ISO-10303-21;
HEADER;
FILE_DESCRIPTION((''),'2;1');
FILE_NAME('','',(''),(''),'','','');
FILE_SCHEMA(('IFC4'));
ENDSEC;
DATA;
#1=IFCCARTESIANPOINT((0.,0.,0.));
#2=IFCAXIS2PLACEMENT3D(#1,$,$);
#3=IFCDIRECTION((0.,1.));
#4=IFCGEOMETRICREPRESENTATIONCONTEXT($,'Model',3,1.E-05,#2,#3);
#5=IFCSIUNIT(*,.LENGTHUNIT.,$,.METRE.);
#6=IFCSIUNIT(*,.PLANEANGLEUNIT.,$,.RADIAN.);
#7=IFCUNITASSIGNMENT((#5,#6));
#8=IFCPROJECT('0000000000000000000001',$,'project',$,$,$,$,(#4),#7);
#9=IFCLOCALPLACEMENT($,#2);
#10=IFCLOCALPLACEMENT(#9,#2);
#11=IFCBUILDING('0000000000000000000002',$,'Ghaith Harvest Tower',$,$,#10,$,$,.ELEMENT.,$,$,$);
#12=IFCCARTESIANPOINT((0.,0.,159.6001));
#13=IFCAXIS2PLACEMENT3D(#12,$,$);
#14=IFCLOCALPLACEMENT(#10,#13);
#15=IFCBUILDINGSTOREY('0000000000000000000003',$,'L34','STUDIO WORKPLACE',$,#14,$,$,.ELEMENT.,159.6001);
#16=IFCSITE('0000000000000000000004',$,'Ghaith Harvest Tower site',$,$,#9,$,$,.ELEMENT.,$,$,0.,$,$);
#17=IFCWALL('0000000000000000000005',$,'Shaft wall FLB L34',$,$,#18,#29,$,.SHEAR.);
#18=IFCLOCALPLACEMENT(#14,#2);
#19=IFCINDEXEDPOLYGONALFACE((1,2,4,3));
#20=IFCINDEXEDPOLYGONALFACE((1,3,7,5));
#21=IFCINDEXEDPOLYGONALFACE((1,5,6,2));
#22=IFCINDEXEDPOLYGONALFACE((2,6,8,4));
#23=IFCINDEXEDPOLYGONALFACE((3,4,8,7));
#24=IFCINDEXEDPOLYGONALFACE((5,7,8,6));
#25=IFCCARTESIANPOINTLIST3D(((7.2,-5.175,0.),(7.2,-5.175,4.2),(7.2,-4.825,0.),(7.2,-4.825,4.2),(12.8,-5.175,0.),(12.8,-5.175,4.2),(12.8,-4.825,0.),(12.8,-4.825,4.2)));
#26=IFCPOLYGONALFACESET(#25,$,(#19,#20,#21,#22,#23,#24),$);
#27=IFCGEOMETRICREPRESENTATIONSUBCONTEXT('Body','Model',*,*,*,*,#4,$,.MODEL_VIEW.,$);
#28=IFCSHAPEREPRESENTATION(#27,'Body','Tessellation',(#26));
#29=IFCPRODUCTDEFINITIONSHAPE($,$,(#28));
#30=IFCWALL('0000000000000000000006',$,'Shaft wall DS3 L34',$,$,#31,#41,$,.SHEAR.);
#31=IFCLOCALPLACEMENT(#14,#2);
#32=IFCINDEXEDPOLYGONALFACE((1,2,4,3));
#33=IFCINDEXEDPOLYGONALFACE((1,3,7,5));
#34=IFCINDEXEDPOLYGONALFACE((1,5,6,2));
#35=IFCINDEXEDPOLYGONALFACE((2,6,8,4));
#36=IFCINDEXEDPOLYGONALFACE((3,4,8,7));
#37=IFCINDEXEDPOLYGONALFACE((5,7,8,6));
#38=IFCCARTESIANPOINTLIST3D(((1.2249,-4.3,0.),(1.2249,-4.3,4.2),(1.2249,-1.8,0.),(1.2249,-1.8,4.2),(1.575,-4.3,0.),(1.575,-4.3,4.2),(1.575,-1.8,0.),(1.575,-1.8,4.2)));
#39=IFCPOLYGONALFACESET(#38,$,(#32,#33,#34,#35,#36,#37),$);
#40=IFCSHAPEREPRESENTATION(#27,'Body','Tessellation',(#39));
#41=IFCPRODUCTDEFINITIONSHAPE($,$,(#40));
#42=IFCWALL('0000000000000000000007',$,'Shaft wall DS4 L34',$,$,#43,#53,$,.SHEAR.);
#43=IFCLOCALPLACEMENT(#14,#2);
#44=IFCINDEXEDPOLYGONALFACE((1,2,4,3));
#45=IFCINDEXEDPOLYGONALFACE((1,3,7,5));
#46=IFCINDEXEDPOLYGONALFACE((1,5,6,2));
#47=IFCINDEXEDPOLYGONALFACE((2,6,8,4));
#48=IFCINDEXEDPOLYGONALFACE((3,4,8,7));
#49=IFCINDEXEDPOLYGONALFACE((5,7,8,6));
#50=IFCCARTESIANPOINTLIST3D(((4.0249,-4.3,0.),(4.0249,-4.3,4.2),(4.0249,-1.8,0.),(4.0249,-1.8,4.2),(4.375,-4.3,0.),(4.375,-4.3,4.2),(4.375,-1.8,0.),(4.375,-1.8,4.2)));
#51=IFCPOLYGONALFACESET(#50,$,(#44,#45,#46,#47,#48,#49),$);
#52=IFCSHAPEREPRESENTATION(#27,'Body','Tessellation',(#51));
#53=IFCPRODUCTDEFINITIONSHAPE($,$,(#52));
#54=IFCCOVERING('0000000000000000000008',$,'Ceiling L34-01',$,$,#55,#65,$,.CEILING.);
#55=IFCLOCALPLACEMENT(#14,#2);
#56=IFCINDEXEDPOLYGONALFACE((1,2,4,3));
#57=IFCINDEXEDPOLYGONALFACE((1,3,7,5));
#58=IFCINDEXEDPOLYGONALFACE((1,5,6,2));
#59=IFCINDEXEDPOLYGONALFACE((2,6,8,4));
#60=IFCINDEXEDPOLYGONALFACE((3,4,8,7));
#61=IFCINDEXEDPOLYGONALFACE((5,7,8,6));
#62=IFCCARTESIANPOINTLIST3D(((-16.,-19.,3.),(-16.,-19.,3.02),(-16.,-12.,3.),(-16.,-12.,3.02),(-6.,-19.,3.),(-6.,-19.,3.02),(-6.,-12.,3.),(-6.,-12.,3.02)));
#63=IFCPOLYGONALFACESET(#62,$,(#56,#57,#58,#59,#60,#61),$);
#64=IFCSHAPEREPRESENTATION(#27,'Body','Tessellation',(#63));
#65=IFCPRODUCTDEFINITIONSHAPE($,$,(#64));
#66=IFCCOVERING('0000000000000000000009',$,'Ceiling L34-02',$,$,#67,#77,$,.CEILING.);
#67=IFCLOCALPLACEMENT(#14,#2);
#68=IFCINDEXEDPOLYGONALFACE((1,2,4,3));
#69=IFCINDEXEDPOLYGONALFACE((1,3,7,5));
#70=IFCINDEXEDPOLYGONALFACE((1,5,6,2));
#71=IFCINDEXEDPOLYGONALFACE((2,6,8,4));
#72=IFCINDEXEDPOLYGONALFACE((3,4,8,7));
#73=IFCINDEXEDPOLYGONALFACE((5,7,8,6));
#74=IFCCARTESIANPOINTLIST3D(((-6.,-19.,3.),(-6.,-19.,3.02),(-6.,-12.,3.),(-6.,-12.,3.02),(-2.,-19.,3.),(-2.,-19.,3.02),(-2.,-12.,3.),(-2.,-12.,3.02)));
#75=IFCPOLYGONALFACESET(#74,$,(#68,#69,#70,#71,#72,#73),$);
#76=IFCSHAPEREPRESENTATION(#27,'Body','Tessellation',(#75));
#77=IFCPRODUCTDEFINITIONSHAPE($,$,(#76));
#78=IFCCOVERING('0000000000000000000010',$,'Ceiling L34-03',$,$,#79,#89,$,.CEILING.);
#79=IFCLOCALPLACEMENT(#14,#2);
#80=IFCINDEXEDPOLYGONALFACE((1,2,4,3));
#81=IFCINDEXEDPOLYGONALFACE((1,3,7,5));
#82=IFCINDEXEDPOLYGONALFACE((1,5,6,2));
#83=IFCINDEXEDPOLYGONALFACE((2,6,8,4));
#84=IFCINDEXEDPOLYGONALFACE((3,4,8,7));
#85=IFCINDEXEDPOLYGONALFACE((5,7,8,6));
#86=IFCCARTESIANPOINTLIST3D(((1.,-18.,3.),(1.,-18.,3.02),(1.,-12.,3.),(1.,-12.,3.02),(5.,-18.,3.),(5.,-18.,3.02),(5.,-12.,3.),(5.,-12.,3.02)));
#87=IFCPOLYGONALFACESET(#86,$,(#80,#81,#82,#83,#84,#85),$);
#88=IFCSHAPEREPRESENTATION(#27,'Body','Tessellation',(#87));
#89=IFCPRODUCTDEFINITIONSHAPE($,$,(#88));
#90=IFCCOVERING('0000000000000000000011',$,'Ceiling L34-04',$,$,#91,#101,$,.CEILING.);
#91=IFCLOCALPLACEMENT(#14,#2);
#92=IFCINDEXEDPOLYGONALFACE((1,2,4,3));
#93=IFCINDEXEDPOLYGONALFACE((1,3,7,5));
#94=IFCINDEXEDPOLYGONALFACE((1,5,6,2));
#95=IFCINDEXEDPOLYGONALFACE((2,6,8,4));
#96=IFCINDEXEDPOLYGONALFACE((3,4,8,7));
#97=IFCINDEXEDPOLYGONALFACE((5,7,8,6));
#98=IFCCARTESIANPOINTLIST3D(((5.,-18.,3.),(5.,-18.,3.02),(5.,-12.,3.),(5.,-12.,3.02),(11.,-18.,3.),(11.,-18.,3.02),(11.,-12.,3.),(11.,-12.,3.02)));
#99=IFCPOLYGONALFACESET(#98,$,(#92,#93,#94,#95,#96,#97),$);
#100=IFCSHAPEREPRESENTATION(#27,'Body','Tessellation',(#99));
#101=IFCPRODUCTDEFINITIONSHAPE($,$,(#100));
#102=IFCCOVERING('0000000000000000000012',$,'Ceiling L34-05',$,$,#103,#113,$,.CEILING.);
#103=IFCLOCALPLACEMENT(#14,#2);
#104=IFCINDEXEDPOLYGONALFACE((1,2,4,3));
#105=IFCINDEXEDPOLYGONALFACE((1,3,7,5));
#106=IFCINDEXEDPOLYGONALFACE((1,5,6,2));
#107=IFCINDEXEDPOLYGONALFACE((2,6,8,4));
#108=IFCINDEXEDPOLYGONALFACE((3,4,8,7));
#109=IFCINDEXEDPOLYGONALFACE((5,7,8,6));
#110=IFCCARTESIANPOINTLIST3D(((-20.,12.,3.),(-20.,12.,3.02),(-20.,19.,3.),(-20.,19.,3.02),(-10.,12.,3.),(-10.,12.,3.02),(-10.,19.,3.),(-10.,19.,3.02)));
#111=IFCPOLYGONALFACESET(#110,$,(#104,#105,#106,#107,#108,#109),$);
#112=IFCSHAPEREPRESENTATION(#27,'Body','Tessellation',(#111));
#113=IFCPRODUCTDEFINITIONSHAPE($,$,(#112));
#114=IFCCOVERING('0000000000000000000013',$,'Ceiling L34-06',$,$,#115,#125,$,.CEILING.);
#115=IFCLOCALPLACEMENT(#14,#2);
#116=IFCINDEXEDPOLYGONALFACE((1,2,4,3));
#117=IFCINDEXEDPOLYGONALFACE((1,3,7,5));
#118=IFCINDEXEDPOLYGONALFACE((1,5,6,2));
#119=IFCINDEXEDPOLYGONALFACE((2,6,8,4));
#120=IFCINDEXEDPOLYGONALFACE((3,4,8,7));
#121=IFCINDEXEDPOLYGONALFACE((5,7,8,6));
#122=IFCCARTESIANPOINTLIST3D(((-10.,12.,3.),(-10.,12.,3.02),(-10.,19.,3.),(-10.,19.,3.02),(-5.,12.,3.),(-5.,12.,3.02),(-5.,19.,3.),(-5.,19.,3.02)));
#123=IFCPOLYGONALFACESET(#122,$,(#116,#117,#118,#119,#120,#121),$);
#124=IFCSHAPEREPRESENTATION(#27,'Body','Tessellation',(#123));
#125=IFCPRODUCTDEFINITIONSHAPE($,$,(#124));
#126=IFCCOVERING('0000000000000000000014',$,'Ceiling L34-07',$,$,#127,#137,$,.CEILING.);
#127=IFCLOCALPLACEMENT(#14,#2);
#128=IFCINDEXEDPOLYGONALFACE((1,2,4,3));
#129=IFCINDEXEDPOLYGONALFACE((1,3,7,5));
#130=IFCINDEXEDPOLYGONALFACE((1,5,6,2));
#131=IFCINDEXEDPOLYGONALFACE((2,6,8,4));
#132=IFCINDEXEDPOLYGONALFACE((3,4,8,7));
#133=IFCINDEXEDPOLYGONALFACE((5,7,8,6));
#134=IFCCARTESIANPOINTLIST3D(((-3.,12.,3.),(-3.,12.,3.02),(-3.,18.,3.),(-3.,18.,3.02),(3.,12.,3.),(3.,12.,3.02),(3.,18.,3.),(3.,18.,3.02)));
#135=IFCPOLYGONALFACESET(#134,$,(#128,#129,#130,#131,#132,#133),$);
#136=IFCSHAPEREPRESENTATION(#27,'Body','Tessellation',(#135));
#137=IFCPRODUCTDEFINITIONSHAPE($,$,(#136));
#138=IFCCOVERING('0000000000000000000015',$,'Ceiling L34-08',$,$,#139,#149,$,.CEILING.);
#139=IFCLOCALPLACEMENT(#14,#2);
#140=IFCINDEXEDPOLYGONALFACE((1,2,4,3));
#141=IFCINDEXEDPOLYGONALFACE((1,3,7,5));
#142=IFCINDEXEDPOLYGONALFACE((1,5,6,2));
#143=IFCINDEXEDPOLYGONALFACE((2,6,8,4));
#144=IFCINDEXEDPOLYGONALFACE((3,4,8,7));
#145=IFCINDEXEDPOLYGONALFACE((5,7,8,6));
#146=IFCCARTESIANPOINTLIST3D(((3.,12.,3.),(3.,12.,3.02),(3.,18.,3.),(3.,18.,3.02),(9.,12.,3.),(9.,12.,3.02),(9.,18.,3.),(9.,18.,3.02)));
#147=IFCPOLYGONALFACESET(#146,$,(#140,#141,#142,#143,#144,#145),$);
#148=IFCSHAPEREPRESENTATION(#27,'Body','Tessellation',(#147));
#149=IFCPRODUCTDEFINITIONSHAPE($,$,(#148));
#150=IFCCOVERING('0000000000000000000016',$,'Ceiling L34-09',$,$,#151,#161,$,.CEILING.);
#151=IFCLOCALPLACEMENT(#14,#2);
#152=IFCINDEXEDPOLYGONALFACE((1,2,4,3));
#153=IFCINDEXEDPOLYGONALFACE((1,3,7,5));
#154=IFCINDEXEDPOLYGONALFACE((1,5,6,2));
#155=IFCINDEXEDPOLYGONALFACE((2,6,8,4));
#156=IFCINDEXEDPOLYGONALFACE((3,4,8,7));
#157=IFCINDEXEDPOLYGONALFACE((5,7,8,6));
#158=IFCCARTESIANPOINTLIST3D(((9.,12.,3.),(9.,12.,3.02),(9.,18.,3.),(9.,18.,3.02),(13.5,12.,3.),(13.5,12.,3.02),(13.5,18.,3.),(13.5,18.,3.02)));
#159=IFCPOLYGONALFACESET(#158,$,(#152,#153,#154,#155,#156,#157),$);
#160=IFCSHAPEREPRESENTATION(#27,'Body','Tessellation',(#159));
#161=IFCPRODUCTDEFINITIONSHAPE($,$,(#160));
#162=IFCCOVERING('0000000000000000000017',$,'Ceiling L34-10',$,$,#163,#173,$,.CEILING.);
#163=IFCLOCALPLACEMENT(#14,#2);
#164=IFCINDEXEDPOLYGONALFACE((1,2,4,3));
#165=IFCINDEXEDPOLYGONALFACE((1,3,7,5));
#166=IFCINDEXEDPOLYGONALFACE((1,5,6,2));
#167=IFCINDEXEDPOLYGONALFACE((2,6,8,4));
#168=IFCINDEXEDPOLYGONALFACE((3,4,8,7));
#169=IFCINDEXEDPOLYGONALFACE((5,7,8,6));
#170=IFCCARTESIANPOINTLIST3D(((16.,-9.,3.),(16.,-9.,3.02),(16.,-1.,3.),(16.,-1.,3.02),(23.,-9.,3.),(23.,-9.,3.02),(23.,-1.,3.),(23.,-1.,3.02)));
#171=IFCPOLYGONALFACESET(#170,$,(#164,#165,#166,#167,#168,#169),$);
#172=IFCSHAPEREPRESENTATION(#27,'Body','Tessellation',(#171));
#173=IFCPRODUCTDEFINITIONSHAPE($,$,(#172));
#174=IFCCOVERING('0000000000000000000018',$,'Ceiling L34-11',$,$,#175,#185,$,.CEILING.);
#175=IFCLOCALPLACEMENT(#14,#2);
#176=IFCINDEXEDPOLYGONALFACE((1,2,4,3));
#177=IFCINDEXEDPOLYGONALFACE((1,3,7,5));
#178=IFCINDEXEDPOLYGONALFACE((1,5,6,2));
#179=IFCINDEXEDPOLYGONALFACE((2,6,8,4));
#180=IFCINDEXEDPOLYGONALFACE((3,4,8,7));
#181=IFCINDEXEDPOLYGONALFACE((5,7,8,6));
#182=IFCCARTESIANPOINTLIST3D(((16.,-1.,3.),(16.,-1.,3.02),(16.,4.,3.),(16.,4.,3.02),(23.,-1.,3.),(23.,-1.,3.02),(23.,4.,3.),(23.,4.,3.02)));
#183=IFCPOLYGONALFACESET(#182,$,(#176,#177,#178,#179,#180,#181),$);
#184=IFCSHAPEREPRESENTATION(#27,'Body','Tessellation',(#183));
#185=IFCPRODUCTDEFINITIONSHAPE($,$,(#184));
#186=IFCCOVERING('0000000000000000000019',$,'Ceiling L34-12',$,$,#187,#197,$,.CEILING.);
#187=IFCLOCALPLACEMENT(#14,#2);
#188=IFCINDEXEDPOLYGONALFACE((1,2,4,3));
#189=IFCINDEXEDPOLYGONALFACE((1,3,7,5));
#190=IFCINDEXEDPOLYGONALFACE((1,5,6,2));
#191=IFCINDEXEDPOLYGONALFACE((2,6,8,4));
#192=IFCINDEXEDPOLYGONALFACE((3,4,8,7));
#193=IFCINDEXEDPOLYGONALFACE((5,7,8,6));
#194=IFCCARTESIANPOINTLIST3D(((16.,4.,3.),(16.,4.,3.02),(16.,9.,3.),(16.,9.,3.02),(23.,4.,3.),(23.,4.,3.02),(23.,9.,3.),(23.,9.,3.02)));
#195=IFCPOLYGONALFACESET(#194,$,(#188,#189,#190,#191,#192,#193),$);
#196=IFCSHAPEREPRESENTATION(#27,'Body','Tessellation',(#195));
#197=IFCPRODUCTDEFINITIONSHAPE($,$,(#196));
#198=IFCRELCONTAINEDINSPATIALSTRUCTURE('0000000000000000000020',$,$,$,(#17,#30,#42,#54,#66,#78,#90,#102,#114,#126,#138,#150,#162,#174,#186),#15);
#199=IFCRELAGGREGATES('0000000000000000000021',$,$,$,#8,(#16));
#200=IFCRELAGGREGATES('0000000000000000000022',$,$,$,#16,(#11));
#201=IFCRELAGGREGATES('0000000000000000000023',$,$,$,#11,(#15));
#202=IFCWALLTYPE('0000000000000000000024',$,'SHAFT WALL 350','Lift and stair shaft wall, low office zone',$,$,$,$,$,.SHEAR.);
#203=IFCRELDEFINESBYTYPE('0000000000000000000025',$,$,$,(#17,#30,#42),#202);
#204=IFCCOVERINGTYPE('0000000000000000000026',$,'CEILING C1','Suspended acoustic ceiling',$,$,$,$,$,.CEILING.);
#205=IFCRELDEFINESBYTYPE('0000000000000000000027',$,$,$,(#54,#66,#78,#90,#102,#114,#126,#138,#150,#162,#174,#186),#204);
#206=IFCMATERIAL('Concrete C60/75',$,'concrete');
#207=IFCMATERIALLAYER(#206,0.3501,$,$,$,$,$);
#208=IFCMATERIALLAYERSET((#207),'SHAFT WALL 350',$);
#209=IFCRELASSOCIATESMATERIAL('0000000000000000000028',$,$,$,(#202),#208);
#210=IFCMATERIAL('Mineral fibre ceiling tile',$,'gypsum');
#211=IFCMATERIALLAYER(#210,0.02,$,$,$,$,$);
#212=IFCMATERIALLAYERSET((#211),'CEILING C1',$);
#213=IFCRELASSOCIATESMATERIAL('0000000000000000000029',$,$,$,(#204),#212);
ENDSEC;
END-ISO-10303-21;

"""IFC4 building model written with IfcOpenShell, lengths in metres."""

from ifc_helpers import new_model, si_unit, direction, frame, frame_2d, origin, place, context, subcontext, project, spatial, polyline, rectangle, outline, extrude, material, layer, layer_set, type_object, element, save


model = new_model("IFC4")

# Units and contexts
model_context = context("Model", 3, precision=1e-05, world=origin(), true_north=direction((0.0, 1.0)))
body_context = subcontext(model_context, "Body", "Model", "MODEL_VIEW")
ifc_project = project(units=[si_unit("LENGTHUNIT", "METRE"), si_unit("PLANEANGLEUNIT", "RADIAN")], contexts=[model_context])

# Site, building, storey
site_placement = place(None, origin())
site = spatial("IfcSite", under=ifc_project, at=site_placement, Name="Ghaith Harvest Tower site", CompositionType="ELEMENT", RefElevation=0.0)
building_placement = place(site_placement, origin())
building = spatial("IfcBuilding", under=site, at=building_placement, Name="Ghaith Harvest Tower", CompositionType="ELEMENT")
storey_placement = place(building_placement, frame((0.0, 0.0, 159.6001)))
storey = spatial("IfcBuildingStorey", under=building, at=storey_placement, Name="L34", Description="STUDIO WORKPLACE", CompositionType="ELEMENT", Elevation=159.6001)

# Shared definitions
ifc_material_1 = material(Name="Concrete C60/75", Category="concrete")
ifc_layer_1 = layer(ifc_material_1, 0.3501)
ifc_layer_set_1 = layer_set([ifc_layer_1], Name="SHAFT WALL 350")
wall_type_1 = type_object("IfcWallType", Name="SHAFT WALL 350", Description="Lift and stair shaft wall, low office zone", PredefinedType="SHEAR", material=ifc_layer_set_1)

# Walls
wall_1_placement = place(storey_placement, frame((7.2, -5.0, 0.0), z_axis=(0.0, 0.0, 1.0), x_axis=(1.0, 0.0, 0.0)))
element("IfcWall", 1, at=wall_1_placement, inside=storey, type_object=wall_type_1, Name="Shaft wall FLB L34", PredefinedType="SHEAR", context=body_context, shape_type="SweptSolid", body=[
    extrude(rectangle(XDim=5.6001, YDim=0.3501, at=frame_2d((2.8, 0.0))), origin(), (0.0, 0.0, 1.0), 4.2),
])
for number, where, z_axis, x_axis, name in (
    (2, (1.3999, -4.3, 0.0), (0.0, 0.0, 1.0), (0.0, 1.0, 0.0), "Shaft wall DS3 L34"),
    (3, (4.2, -4.3, 0.0), (0.0, 0.0, 1.0), (0.0, 1.0, 0.0), "Shaft wall DS4 L34"),
):
    element("IfcWall", number, at=place(storey_placement, frame(where, z_axis=z_axis, x_axis=x_axis)), inside=storey, type_object=wall_type_1, Name=name, PredefinedType="SHEAR", context=body_context, shape_type="SweptSolid", body=[
        extrude(rectangle(XDim=2.5, YDim=0.3501, at=frame_2d((1.25, 0.0))), origin(), (0.0, 0.0, 1.0), 4.2),
    ])

# Coverings
ifc_material_2 = material(Name="Mineral fibre ceiling tile", Category="gypsum")
ifc_layer_2 = layer(ifc_material_2, 0.02)
ifc_layer_set_2 = layer_set([ifc_layer_2], Name="CEILING C1")
covering_type = type_object("IfcCoveringType", Name="CEILING C1", Description="Suspended acoustic ceiling", PredefinedType="CEILING", material=ifc_layer_set_2)
covering_1_placement = place(storey_placement, frame((0.0, 0.0, 3.0)))
element("IfcCovering", 4, at=covering_1_placement, inside=storey, type_object=covering_type, Name="Ceiling L34-01", PredefinedType="CEILING", context=body_context, shape_type="SweptSolid", body=[
    extrude(outline(polyline([(-16.0, -19.0), (-6.0, -19.0), (-6.0, -12.0), (-16.0, -12.0), (-16.0, -19.0)])), origin(), (0.0, 0.0, 1.0), 0.02),
])
covering_2_placement = place(storey_placement, frame((0.0, 0.0, 3.0)))
element("IfcCovering", 5, at=covering_2_placement, inside=storey, type_object=covering_type, Name="Ceiling L34-02", PredefinedType="CEILING", context=body_context, shape_type="SweptSolid", body=[
    extrude(outline(polyline([(-6.0, -19.0), (-2.0, -19.0), (-2.0, -12.0), (-6.0, -12.0), (-6.0, -19.0)])), origin(), (0.0, 0.0, 1.0), 0.02),
])
covering_3_placement = place(storey_placement, frame((0.0, 0.0, 3.0)))
element("IfcCovering", 6, at=covering_3_placement, inside=storey, type_object=covering_type, Name="Ceiling L34-03", PredefinedType="CEILING", context=body_context, shape_type="SweptSolid", body=[
    extrude(outline(polyline([(1.0, -18.0), (5.0, -18.0), (5.0, -12.0), (1.0, -12.0), (1.0, -18.0)])), origin(), (0.0, 0.0, 1.0), 0.02),
])
covering_4_placement = place(storey_placement, frame((0.0, 0.0, 3.0)))
element("IfcCovering", 7, at=covering_4_placement, inside=storey, type_object=covering_type, Name="Ceiling L34-04", PredefinedType="CEILING", context=body_context, shape_type="SweptSolid", body=[
    extrude(outline(polyline([(5.0, -18.0), (11.0, -18.0), (11.0, -12.0), (5.0, -12.0), (5.0, -18.0)])), origin(), (0.0, 0.0, 1.0), 0.02),
])
covering_5_placement = place(storey_placement, frame((0.0, 0.0, 3.0)))
element("IfcCovering", 8, at=covering_5_placement, inside=storey, type_object=covering_type, Name="Ceiling L34-05", PredefinedType="CEILING", context=body_context, shape_type="SweptSolid", body=[
    extrude(outline(polyline([(-20.0, 12.0), (-10.0, 12.0), (-10.0, 19.0), (-20.0, 19.0), (-20.0, 12.0)])), origin(), (0.0, 0.0, 1.0), 0.02),
])
covering_6_placement = place(storey_placement, frame((0.0, 0.0, 3.0)))
element("IfcCovering", 9, at=covering_6_placement, inside=storey, type_object=covering_type, Name="Ceiling L34-06", PredefinedType="CEILING", context=body_context, shape_type="SweptSolid", body=[
    extrude(outline(polyline([(-10.0, 12.0), (-5.0, 12.0), (-5.0, 19.0), (-10.0, 19.0), (-10.0, 12.0)])), origin(), (0.0, 0.0, 1.0), 0.02),
])
covering_7_placement = place(storey_placement, frame((0.0, 0.0, 3.0)))
element("IfcCovering", 10, at=covering_7_placement, inside=storey, type_object=covering_type, Name="Ceiling L34-07", PredefinedType="CEILING", context=body_context, shape_type="SweptSolid", body=[
    extrude(outline(polyline([(-3.0, 12.0), (3.0, 12.0), (3.0, 18.0), (-3.0, 18.0), (-3.0, 12.0)])), origin(), (0.0, 0.0, 1.0), 0.02),
])
covering_8_placement = place(storey_placement, frame((0.0, 0.0, 3.0)))
element("IfcCovering", 11, at=covering_8_placement, inside=storey, type_object=covering_type, Name="Ceiling L34-08", PredefinedType="CEILING", context=body_context, shape_type="SweptSolid", body=[
    extrude(outline(polyline([(3.0, 12.0), (9.0, 12.0), (9.0, 18.0), (3.0, 18.0), (3.0, 12.0)])), origin(), (0.0, 0.0, 1.0), 0.02),
])
covering_9_placement = place(storey_placement, frame((0.0, 0.0, 3.0)))
element("IfcCovering", 12, at=covering_9_placement, inside=storey, type_object=covering_type, Name="Ceiling L34-09", PredefinedType="CEILING", context=body_context, shape_type="SweptSolid", body=[
    extrude(outline(polyline([(9.0, 12.0), (13.5, 12.0), (13.5, 18.0), (9.0, 18.0), (9.0, 12.0)])), origin(), (0.0, 0.0, 1.0), 0.02),
])
covering_10_placement = place(storey_placement, frame((0.0, 0.0, 3.0)))
element("IfcCovering", 13, at=covering_10_placement, inside=storey, type_object=covering_type, Name="Ceiling L34-10", PredefinedType="CEILING", context=body_context, shape_type="SweptSolid", body=[
    extrude(outline(polyline([(16.0, -9.0), (23.0, -9.0), (23.0, -1.0), (16.0, -1.0), (16.0, -9.0)])), origin(), (0.0, 0.0, 1.0), 0.02),
])
covering_11_placement = place(storey_placement, frame((0.0, 0.0, 3.0)))
element("IfcCovering", 14, at=covering_11_placement, inside=storey, type_object=covering_type, Name="Ceiling L34-11", PredefinedType="CEILING", context=body_context, shape_type="SweptSolid", body=[
    extrude(outline(polyline([(16.0, -1.0), (23.0, -1.0), (23.0, 4.0), (16.0, 4.0), (16.0, -1.0)])), origin(), (0.0, 0.0, 1.0), 0.02),
])
covering_12_placement = place(storey_placement, frame((0.0, 0.0, 3.0)))
element("IfcCovering", 15, at=covering_12_placement, inside=storey, type_object=covering_type, Name="Ceiling L34-12", PredefinedType="CEILING", context=body_context, shape_type="SweptSolid", body=[
    extrude(outline(polyline([(16.0, 4.0), (23.0, 4.0), (23.0, 9.0), (16.0, 9.0), (16.0, 4.0)])), origin(), (0.0, 0.0, 1.0), 0.02),
])

save(model, "model.ifc")
